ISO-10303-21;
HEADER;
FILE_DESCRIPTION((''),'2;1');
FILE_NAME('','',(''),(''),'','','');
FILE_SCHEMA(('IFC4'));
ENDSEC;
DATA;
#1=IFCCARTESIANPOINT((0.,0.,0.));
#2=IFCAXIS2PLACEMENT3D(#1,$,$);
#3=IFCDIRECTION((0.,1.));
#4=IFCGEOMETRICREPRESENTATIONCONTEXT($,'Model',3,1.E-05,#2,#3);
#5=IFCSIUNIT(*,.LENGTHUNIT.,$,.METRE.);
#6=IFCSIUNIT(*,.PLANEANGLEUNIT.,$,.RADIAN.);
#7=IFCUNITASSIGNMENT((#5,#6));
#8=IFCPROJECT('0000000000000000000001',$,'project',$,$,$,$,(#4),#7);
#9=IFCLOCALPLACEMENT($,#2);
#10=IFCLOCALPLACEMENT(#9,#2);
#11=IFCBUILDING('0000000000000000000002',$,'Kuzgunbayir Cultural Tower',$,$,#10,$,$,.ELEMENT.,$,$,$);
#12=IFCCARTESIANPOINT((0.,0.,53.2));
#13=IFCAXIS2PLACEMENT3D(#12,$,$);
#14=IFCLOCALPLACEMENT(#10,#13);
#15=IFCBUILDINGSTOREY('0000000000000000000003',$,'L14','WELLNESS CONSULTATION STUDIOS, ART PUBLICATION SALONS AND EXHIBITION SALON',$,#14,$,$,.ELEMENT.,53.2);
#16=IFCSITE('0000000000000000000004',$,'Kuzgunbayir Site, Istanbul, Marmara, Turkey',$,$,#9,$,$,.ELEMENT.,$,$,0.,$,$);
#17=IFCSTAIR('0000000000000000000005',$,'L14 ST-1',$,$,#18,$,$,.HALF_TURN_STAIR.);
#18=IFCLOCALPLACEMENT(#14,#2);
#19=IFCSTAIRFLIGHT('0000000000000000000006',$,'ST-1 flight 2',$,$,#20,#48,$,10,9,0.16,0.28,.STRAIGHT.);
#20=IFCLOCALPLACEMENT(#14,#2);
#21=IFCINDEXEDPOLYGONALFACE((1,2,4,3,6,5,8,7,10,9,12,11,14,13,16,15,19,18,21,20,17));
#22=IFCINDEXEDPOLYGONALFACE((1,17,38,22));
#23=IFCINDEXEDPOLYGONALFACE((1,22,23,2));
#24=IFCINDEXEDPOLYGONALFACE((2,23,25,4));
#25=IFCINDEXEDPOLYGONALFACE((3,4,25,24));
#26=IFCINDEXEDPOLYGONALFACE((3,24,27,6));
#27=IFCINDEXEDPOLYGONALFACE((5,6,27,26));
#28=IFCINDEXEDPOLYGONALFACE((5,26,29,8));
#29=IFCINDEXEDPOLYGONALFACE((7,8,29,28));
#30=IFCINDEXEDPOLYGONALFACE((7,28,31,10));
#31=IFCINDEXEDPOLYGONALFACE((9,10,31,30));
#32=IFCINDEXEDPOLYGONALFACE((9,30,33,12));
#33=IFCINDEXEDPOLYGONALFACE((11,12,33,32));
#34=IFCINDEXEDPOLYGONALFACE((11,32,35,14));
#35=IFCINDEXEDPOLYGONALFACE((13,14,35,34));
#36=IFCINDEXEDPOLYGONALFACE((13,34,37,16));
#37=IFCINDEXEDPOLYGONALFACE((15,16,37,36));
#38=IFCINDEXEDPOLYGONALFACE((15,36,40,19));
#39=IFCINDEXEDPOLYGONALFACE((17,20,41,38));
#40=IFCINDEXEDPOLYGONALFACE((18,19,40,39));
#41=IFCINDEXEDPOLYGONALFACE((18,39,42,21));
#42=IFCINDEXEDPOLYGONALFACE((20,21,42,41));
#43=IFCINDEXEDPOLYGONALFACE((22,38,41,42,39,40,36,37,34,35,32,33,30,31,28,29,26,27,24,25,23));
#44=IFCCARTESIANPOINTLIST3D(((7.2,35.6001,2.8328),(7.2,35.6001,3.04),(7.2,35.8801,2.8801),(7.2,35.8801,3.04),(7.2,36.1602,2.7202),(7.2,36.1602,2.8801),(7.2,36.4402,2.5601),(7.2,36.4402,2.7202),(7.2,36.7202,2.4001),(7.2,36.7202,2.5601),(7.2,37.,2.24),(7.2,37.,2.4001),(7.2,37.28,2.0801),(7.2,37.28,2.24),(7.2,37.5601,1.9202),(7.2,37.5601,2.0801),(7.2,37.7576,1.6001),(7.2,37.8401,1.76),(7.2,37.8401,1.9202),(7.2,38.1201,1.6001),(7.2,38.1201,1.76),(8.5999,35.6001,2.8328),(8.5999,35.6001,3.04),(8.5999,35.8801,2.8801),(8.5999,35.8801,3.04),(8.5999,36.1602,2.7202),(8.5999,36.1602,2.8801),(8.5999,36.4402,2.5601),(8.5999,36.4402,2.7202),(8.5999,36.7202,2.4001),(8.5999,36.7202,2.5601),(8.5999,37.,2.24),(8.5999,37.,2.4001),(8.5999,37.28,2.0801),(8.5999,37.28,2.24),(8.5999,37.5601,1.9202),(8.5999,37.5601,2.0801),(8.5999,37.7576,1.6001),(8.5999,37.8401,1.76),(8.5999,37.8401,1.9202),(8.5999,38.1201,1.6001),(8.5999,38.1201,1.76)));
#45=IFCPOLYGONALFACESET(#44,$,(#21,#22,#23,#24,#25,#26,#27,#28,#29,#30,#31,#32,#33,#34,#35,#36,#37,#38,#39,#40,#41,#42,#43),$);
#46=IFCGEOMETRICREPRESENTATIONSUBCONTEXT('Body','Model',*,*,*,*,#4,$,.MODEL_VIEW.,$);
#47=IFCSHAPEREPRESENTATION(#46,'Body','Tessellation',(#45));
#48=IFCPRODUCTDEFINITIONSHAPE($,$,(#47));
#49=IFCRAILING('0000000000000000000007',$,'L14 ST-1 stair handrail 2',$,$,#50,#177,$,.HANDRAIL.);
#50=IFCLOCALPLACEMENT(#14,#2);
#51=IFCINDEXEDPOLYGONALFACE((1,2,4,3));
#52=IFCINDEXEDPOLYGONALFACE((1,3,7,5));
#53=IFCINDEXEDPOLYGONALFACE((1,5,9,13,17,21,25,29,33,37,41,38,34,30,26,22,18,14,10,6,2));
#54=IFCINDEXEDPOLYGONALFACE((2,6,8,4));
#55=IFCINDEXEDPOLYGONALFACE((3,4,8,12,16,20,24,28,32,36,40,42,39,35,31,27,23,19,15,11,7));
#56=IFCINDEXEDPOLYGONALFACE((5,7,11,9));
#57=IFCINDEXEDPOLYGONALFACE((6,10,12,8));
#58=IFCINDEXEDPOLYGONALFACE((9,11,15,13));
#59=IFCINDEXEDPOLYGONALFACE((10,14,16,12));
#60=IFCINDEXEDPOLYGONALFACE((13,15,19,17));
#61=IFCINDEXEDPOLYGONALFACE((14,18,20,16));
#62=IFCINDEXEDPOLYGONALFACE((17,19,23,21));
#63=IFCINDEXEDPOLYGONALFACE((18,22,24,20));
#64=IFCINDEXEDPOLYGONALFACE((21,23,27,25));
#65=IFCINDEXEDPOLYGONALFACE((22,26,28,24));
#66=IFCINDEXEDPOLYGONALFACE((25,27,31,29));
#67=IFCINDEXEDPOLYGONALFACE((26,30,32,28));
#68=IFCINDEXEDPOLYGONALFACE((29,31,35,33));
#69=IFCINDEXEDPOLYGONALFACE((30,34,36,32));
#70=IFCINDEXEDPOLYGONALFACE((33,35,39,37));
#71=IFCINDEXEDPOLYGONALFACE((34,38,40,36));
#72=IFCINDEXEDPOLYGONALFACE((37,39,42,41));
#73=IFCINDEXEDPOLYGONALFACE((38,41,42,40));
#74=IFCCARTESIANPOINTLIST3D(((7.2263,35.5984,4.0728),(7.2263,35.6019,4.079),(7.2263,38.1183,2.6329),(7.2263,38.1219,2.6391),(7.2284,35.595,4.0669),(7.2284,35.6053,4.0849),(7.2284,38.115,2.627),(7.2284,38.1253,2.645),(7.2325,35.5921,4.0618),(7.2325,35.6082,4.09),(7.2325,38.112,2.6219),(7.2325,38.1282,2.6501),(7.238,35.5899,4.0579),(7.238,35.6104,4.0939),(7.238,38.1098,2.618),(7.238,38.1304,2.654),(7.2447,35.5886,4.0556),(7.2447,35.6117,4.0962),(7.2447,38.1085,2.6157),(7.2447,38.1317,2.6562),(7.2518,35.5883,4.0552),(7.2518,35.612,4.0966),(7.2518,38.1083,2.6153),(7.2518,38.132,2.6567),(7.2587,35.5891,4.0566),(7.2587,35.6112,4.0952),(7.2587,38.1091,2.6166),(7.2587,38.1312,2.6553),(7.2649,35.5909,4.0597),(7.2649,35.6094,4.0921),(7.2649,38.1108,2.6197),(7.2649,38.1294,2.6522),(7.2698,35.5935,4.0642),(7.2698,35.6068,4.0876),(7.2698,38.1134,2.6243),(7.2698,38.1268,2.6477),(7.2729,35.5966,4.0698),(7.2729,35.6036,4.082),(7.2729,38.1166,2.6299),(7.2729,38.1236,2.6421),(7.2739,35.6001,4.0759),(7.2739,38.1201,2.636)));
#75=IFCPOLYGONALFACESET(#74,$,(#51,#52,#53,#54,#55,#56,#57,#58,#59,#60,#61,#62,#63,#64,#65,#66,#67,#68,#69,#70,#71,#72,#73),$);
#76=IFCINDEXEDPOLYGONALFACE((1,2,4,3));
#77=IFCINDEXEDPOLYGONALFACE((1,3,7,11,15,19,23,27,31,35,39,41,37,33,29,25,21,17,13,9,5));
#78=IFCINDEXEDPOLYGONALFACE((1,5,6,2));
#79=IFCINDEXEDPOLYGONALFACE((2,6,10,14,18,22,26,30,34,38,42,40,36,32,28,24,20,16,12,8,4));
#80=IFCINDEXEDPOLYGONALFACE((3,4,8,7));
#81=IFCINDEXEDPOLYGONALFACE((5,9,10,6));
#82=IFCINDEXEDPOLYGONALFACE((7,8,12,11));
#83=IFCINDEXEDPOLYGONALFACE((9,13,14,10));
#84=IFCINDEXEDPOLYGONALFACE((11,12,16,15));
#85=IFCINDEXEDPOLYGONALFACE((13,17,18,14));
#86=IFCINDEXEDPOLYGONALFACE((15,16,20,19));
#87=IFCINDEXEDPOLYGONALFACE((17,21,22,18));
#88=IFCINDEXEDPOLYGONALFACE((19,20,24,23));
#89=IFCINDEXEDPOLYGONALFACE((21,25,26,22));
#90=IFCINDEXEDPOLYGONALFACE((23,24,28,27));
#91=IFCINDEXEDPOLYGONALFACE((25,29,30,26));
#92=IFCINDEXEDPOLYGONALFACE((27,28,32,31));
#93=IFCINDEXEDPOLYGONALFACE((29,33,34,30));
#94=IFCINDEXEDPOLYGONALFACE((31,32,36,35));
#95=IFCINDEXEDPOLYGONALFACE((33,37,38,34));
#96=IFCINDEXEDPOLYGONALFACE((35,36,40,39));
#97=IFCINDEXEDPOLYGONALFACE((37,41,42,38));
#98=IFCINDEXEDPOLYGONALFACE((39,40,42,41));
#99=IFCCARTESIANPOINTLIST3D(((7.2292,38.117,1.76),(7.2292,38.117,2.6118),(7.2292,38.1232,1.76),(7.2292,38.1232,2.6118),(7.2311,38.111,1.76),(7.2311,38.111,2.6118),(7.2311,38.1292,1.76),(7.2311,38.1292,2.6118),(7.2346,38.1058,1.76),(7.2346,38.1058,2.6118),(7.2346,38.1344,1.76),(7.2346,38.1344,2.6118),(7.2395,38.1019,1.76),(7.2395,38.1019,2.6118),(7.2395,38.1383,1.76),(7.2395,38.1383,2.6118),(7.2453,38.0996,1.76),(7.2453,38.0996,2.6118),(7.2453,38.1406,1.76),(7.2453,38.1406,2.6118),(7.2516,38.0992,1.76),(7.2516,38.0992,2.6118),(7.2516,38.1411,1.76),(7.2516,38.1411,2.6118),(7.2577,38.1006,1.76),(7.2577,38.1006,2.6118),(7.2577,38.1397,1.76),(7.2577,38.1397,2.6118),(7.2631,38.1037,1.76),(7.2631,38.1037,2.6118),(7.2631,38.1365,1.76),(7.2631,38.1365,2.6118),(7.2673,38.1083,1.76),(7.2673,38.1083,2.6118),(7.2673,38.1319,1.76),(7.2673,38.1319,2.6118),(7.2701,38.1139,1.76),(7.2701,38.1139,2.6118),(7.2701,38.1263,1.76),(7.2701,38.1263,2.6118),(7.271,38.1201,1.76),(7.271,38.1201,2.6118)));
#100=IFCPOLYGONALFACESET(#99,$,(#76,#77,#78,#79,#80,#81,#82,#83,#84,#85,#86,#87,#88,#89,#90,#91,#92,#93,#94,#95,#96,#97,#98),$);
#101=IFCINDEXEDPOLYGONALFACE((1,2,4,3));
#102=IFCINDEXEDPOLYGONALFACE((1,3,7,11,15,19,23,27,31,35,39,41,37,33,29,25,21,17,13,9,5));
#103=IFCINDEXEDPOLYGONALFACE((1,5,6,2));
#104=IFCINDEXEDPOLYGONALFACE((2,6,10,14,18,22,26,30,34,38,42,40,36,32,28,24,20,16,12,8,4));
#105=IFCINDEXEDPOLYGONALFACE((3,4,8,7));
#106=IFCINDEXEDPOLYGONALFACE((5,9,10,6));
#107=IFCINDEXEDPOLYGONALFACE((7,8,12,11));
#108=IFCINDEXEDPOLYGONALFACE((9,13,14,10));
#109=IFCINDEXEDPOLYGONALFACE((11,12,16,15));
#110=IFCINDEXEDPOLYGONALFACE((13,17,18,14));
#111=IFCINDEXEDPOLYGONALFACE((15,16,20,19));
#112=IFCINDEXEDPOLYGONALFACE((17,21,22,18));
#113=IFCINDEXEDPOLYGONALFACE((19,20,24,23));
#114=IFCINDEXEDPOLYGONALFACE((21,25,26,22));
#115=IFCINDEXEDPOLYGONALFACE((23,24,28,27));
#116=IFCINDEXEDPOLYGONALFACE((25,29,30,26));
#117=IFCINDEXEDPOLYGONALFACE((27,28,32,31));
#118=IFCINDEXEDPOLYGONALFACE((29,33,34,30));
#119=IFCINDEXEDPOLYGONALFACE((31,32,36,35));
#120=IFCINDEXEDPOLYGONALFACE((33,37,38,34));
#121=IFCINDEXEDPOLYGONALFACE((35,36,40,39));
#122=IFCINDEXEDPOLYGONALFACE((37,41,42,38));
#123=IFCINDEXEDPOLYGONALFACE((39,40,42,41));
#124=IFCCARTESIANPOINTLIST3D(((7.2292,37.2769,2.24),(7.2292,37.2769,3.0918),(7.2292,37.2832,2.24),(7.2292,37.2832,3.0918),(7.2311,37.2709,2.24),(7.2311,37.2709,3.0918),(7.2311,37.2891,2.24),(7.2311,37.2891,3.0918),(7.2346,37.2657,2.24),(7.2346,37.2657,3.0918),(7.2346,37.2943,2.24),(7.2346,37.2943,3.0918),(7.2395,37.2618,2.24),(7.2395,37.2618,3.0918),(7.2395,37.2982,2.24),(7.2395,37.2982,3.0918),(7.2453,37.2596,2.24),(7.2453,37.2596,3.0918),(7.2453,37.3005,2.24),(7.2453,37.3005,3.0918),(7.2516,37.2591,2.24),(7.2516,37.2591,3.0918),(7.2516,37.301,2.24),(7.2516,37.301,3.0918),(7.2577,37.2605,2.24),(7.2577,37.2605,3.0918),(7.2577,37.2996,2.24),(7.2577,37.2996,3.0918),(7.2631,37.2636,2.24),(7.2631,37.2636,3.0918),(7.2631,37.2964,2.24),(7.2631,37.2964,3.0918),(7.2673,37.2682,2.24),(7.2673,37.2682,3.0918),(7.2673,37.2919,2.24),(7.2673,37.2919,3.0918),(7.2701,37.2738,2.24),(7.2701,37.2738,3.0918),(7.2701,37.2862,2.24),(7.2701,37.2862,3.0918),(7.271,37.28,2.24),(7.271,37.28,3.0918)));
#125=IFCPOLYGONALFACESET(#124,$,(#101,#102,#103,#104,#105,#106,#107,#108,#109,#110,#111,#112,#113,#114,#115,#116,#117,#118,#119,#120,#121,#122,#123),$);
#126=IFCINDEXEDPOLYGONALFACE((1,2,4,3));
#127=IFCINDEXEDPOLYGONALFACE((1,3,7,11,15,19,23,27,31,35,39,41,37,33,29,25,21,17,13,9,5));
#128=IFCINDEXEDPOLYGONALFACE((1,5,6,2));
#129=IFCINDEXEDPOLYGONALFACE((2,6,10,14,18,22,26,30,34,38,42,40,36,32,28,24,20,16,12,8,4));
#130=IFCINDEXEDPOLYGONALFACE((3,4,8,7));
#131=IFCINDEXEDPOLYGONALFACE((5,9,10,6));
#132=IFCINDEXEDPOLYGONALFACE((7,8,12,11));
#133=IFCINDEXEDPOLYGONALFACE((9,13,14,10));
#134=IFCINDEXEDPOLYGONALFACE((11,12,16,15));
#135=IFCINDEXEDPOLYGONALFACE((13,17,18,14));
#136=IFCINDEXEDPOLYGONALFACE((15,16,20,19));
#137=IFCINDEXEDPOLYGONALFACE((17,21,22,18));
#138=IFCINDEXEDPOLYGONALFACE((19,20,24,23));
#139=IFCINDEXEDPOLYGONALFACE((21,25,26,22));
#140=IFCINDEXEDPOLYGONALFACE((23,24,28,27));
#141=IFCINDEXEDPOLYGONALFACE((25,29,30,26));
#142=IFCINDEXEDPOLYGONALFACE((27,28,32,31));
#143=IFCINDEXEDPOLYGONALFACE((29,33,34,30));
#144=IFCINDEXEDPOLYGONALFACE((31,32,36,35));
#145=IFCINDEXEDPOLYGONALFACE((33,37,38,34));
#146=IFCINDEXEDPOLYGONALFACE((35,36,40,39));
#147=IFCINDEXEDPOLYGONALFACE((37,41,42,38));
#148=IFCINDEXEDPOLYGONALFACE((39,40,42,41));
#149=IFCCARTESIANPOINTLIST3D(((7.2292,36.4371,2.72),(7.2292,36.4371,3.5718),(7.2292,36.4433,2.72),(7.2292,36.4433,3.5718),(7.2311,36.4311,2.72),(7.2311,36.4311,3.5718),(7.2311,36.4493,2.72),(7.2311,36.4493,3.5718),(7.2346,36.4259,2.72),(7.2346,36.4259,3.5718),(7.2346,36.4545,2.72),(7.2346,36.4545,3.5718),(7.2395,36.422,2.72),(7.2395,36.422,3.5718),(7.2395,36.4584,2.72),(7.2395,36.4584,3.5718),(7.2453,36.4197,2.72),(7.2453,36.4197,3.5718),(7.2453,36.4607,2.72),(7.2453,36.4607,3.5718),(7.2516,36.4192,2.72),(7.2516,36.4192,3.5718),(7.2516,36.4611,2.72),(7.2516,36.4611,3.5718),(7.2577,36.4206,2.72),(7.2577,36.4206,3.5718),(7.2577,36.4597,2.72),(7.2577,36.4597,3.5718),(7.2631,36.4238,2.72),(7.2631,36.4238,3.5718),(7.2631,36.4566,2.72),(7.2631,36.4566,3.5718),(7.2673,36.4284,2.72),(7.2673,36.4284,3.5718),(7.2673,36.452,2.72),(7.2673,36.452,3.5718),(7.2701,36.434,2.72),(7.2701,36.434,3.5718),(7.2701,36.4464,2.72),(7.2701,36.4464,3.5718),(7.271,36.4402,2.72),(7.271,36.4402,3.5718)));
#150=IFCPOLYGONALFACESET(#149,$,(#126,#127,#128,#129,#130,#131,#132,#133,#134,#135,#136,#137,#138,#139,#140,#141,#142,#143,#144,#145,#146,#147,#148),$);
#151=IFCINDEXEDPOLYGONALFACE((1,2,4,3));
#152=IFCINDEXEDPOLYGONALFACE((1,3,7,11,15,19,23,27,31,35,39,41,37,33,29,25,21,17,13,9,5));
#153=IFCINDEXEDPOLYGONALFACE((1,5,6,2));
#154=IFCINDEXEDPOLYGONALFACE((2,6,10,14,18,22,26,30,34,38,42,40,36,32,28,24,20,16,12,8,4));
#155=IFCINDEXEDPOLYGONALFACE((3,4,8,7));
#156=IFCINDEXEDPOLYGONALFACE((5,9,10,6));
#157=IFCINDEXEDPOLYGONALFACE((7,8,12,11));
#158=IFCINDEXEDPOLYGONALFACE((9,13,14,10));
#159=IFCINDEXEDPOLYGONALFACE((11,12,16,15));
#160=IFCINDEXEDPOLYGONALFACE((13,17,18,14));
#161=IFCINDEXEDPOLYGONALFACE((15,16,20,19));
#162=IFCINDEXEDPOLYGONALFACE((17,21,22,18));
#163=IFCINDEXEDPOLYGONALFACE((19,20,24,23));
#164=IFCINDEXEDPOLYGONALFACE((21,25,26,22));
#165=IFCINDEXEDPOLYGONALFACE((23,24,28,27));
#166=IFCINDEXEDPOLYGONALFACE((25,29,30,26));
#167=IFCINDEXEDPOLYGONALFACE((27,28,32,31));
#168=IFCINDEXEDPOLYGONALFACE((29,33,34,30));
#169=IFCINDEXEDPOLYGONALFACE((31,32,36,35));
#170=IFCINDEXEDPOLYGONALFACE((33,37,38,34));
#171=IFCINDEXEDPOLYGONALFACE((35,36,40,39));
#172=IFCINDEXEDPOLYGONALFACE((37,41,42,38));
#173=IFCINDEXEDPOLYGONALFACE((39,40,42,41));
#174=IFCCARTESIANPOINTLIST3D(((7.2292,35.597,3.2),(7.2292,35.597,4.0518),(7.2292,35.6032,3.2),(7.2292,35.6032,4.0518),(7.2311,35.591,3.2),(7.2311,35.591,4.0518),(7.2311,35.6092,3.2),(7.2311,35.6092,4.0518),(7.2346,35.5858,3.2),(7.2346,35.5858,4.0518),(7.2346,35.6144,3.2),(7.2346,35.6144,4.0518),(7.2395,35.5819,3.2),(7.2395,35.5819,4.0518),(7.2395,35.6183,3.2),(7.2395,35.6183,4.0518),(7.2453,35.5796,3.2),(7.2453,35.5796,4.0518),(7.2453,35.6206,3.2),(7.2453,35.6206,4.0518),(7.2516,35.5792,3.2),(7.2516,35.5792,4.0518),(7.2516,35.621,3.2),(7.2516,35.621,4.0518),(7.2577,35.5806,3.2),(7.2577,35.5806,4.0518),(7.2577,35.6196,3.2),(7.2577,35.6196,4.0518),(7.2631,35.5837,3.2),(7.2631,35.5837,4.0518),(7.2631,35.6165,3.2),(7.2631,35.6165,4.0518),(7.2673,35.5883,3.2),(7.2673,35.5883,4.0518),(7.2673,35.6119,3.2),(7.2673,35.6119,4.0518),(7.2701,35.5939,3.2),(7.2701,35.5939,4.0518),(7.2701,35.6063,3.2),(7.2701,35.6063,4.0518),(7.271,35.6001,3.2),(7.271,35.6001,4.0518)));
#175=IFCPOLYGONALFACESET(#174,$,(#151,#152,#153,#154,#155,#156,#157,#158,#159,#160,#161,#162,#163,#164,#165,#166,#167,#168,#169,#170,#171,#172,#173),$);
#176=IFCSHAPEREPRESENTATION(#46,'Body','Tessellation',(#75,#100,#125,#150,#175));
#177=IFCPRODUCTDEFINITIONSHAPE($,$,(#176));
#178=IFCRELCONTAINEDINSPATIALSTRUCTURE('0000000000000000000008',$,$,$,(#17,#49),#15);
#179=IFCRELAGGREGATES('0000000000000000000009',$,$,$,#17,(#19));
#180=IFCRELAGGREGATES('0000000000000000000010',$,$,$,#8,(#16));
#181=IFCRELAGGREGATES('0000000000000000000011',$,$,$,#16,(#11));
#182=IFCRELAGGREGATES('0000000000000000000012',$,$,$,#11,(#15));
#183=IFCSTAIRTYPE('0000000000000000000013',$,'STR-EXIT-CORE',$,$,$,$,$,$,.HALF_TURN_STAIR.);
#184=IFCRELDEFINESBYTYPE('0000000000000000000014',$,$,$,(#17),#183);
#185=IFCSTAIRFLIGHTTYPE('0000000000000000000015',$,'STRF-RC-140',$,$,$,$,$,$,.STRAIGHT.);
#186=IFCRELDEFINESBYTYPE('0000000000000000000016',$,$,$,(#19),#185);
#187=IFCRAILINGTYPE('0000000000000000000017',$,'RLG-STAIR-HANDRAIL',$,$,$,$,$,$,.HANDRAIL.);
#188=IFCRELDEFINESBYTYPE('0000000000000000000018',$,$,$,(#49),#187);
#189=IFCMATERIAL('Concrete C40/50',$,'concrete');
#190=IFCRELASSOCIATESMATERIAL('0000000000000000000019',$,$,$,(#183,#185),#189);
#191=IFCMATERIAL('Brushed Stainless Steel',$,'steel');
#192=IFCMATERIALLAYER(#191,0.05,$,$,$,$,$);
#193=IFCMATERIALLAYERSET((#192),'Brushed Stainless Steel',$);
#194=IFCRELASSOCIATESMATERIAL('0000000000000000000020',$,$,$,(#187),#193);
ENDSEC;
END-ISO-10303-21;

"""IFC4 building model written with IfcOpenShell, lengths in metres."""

from ifc_helpers import new_model, si_unit, direction, frame, origin, origin_2d, place, context, subcontext, project, spatial, polyline, circle, outline, extrude, material, layer, layer_set, type_object, element, aggregate, save


model = new_model("IFC4")

# Units and contexts
model_context = context("Model", 3, precision=1e-05, world=origin(), true_north=direction((0.0, 1.0)))
body_context = subcontext(model_context, "Body", "Model", "MODEL_VIEW")
ifc_project = project(units=[si_unit("LENGTHUNIT", "METRE"), si_unit("PLANEANGLEUNIT", "RADIAN")], contexts=[model_context])

# Site, building, storey
site_placement = place(None, origin())
site = spatial("IfcSite", under=ifc_project, at=site_placement, Name="Kuzgunbayir Site, Istanbul, Marmara, Turkey", CompositionType="ELEMENT", RefElevation=0.0)
building_placement = place(site_placement, origin())
building = spatial("IfcBuilding", under=site, at=building_placement, Name="Kuzgunbayir Cultural Tower", CompositionType="ELEMENT")
storey_placement = place(building_placement, frame((0.0, 0.0, 53.2)))
storey = spatial("IfcBuildingStorey", under=building, at=storey_placement, Name="L14", Description="WELLNESS CONSULTATION STUDIOS, ART PUBLICATION SALONS AND EXHIBITION SALON", CompositionType="ELEMENT", Elevation=53.2)

# Stair, stair flight
ifc_material_1 = material(Name="Concrete C40/50", Category="concrete")
stair_type = type_object("IfcStairType", Name="STR-EXIT-CORE", PredefinedType="HALF_TURN_STAIR", material=ifc_material_1)
stair_placement = place(storey_placement, origin())
stair = element("IfcStair", 1, at=stair_placement, inside=storey, type_object=stair_type, Name="L14 ST-1", PredefinedType="HALF_TURN_STAIR")
stair_flight_type = type_object("IfcStairFlightType", Name="STRF-RC-140", PredefinedType="STRAIGHT", material=ifc_material_1)
stair_flight_placement = place(storey_placement, frame((7.8999, 38.1201, 1.6001), z_axis=(0.0, 0.0, 1.0), x_axis=(0.0, -1.0, 0.0)))
stair_flight = element("IfcStairFlight", 2, at=stair_flight_placement, type_object=stair_flight_type, Name="ST-1 flight 2", NumberOfRisers=10, NumberOfTreads=9, PredefinedType="STRAIGHT", RiserHeight=0.16, TreadLength=0.28, context=body_context, shape_type="SweptSolid", body=[
    extrude(outline(polyline([(0.0, 0.0), (0.0, 0.1599), (0.28, 0.1599), (0.28, 0.3201), (0.5601, 0.3201), (0.5601, 0.48), (0.8401, 0.48), (0.8401, 0.6399), (1.1201, 0.6399), (1.1201, 0.8), (1.3999, 0.8), (1.3999, 0.96), (1.6799, 0.96), (1.6799, 1.1201), (1.96, 1.1201), (1.96, 1.28), (2.24, 1.28), (2.24, 1.4399), (2.52, 1.4399), (2.52, 1.6001), (2.52, 1.2327), (0.3625, 0.0), (0.0, 0.0)])), frame((0.0, 0.7, 0.0), z_axis=(0.0, -1.0, 0.0), x_axis=(1.0, 0.0, 0.0)), (0.0, 0.0, 1.0), 1.3999),
])
aggregate(stair, [stair_flight])

# Railing
ifc_material_2 = material(Name="Brushed Stainless Steel", Category="steel")
ifc_layer_1 = layer(ifc_material_2, 0.05)
ifc_layer_set_1 = layer_set([ifc_layer_1], Name="Brushed Stainless Steel")
railing_type_1 = type_object("IfcRailingType", Name="RLG-STAIR-HANDRAIL", PredefinedType="HANDRAIL", material=ifc_layer_set_1)
railing_1_placement = place(storey_placement, frame((7.25, 38.1201, 1.76)))
element("IfcRailing", 3, at=railing_1_placement, inside=storey, type_object=railing_type_1, Name="L14 ST-1 stair handrail 2", PredefinedType="HANDRAIL", context=body_context, shape_type="SweptSolid", body=[
    extrude(circle(Radius=0.0239, at=origin_2d()), frame((0.0, 0.0, 0.876), z_axis=(0.0, -0.868253, 0.496121), x_axis=(1.0, 0.0, 0.0)), (0.0, 0.0, 1.0), 2.9023),
    extrude(circle(Radius=0.021, at=origin_2d()), origin(), (0.0, 0.0, 1.0), 0.8518),
    extrude(circle(Radius=0.021, at=origin_2d()), frame((0.0, -0.8401, 0.48)), (0.0, 0.0, 1.0), 0.8518),
    extrude(circle(Radius=0.021, at=origin_2d()), frame((0.0, -1.6799, 0.96)), (0.0, 0.0, 1.0), 0.8518),
    extrude(circle(Radius=0.021, at=origin_2d()), frame((0.0, -2.52, 1.4399)), (0.0, 0.0, 1.0), 0.8518),
])

save(model, "model.ifc")
